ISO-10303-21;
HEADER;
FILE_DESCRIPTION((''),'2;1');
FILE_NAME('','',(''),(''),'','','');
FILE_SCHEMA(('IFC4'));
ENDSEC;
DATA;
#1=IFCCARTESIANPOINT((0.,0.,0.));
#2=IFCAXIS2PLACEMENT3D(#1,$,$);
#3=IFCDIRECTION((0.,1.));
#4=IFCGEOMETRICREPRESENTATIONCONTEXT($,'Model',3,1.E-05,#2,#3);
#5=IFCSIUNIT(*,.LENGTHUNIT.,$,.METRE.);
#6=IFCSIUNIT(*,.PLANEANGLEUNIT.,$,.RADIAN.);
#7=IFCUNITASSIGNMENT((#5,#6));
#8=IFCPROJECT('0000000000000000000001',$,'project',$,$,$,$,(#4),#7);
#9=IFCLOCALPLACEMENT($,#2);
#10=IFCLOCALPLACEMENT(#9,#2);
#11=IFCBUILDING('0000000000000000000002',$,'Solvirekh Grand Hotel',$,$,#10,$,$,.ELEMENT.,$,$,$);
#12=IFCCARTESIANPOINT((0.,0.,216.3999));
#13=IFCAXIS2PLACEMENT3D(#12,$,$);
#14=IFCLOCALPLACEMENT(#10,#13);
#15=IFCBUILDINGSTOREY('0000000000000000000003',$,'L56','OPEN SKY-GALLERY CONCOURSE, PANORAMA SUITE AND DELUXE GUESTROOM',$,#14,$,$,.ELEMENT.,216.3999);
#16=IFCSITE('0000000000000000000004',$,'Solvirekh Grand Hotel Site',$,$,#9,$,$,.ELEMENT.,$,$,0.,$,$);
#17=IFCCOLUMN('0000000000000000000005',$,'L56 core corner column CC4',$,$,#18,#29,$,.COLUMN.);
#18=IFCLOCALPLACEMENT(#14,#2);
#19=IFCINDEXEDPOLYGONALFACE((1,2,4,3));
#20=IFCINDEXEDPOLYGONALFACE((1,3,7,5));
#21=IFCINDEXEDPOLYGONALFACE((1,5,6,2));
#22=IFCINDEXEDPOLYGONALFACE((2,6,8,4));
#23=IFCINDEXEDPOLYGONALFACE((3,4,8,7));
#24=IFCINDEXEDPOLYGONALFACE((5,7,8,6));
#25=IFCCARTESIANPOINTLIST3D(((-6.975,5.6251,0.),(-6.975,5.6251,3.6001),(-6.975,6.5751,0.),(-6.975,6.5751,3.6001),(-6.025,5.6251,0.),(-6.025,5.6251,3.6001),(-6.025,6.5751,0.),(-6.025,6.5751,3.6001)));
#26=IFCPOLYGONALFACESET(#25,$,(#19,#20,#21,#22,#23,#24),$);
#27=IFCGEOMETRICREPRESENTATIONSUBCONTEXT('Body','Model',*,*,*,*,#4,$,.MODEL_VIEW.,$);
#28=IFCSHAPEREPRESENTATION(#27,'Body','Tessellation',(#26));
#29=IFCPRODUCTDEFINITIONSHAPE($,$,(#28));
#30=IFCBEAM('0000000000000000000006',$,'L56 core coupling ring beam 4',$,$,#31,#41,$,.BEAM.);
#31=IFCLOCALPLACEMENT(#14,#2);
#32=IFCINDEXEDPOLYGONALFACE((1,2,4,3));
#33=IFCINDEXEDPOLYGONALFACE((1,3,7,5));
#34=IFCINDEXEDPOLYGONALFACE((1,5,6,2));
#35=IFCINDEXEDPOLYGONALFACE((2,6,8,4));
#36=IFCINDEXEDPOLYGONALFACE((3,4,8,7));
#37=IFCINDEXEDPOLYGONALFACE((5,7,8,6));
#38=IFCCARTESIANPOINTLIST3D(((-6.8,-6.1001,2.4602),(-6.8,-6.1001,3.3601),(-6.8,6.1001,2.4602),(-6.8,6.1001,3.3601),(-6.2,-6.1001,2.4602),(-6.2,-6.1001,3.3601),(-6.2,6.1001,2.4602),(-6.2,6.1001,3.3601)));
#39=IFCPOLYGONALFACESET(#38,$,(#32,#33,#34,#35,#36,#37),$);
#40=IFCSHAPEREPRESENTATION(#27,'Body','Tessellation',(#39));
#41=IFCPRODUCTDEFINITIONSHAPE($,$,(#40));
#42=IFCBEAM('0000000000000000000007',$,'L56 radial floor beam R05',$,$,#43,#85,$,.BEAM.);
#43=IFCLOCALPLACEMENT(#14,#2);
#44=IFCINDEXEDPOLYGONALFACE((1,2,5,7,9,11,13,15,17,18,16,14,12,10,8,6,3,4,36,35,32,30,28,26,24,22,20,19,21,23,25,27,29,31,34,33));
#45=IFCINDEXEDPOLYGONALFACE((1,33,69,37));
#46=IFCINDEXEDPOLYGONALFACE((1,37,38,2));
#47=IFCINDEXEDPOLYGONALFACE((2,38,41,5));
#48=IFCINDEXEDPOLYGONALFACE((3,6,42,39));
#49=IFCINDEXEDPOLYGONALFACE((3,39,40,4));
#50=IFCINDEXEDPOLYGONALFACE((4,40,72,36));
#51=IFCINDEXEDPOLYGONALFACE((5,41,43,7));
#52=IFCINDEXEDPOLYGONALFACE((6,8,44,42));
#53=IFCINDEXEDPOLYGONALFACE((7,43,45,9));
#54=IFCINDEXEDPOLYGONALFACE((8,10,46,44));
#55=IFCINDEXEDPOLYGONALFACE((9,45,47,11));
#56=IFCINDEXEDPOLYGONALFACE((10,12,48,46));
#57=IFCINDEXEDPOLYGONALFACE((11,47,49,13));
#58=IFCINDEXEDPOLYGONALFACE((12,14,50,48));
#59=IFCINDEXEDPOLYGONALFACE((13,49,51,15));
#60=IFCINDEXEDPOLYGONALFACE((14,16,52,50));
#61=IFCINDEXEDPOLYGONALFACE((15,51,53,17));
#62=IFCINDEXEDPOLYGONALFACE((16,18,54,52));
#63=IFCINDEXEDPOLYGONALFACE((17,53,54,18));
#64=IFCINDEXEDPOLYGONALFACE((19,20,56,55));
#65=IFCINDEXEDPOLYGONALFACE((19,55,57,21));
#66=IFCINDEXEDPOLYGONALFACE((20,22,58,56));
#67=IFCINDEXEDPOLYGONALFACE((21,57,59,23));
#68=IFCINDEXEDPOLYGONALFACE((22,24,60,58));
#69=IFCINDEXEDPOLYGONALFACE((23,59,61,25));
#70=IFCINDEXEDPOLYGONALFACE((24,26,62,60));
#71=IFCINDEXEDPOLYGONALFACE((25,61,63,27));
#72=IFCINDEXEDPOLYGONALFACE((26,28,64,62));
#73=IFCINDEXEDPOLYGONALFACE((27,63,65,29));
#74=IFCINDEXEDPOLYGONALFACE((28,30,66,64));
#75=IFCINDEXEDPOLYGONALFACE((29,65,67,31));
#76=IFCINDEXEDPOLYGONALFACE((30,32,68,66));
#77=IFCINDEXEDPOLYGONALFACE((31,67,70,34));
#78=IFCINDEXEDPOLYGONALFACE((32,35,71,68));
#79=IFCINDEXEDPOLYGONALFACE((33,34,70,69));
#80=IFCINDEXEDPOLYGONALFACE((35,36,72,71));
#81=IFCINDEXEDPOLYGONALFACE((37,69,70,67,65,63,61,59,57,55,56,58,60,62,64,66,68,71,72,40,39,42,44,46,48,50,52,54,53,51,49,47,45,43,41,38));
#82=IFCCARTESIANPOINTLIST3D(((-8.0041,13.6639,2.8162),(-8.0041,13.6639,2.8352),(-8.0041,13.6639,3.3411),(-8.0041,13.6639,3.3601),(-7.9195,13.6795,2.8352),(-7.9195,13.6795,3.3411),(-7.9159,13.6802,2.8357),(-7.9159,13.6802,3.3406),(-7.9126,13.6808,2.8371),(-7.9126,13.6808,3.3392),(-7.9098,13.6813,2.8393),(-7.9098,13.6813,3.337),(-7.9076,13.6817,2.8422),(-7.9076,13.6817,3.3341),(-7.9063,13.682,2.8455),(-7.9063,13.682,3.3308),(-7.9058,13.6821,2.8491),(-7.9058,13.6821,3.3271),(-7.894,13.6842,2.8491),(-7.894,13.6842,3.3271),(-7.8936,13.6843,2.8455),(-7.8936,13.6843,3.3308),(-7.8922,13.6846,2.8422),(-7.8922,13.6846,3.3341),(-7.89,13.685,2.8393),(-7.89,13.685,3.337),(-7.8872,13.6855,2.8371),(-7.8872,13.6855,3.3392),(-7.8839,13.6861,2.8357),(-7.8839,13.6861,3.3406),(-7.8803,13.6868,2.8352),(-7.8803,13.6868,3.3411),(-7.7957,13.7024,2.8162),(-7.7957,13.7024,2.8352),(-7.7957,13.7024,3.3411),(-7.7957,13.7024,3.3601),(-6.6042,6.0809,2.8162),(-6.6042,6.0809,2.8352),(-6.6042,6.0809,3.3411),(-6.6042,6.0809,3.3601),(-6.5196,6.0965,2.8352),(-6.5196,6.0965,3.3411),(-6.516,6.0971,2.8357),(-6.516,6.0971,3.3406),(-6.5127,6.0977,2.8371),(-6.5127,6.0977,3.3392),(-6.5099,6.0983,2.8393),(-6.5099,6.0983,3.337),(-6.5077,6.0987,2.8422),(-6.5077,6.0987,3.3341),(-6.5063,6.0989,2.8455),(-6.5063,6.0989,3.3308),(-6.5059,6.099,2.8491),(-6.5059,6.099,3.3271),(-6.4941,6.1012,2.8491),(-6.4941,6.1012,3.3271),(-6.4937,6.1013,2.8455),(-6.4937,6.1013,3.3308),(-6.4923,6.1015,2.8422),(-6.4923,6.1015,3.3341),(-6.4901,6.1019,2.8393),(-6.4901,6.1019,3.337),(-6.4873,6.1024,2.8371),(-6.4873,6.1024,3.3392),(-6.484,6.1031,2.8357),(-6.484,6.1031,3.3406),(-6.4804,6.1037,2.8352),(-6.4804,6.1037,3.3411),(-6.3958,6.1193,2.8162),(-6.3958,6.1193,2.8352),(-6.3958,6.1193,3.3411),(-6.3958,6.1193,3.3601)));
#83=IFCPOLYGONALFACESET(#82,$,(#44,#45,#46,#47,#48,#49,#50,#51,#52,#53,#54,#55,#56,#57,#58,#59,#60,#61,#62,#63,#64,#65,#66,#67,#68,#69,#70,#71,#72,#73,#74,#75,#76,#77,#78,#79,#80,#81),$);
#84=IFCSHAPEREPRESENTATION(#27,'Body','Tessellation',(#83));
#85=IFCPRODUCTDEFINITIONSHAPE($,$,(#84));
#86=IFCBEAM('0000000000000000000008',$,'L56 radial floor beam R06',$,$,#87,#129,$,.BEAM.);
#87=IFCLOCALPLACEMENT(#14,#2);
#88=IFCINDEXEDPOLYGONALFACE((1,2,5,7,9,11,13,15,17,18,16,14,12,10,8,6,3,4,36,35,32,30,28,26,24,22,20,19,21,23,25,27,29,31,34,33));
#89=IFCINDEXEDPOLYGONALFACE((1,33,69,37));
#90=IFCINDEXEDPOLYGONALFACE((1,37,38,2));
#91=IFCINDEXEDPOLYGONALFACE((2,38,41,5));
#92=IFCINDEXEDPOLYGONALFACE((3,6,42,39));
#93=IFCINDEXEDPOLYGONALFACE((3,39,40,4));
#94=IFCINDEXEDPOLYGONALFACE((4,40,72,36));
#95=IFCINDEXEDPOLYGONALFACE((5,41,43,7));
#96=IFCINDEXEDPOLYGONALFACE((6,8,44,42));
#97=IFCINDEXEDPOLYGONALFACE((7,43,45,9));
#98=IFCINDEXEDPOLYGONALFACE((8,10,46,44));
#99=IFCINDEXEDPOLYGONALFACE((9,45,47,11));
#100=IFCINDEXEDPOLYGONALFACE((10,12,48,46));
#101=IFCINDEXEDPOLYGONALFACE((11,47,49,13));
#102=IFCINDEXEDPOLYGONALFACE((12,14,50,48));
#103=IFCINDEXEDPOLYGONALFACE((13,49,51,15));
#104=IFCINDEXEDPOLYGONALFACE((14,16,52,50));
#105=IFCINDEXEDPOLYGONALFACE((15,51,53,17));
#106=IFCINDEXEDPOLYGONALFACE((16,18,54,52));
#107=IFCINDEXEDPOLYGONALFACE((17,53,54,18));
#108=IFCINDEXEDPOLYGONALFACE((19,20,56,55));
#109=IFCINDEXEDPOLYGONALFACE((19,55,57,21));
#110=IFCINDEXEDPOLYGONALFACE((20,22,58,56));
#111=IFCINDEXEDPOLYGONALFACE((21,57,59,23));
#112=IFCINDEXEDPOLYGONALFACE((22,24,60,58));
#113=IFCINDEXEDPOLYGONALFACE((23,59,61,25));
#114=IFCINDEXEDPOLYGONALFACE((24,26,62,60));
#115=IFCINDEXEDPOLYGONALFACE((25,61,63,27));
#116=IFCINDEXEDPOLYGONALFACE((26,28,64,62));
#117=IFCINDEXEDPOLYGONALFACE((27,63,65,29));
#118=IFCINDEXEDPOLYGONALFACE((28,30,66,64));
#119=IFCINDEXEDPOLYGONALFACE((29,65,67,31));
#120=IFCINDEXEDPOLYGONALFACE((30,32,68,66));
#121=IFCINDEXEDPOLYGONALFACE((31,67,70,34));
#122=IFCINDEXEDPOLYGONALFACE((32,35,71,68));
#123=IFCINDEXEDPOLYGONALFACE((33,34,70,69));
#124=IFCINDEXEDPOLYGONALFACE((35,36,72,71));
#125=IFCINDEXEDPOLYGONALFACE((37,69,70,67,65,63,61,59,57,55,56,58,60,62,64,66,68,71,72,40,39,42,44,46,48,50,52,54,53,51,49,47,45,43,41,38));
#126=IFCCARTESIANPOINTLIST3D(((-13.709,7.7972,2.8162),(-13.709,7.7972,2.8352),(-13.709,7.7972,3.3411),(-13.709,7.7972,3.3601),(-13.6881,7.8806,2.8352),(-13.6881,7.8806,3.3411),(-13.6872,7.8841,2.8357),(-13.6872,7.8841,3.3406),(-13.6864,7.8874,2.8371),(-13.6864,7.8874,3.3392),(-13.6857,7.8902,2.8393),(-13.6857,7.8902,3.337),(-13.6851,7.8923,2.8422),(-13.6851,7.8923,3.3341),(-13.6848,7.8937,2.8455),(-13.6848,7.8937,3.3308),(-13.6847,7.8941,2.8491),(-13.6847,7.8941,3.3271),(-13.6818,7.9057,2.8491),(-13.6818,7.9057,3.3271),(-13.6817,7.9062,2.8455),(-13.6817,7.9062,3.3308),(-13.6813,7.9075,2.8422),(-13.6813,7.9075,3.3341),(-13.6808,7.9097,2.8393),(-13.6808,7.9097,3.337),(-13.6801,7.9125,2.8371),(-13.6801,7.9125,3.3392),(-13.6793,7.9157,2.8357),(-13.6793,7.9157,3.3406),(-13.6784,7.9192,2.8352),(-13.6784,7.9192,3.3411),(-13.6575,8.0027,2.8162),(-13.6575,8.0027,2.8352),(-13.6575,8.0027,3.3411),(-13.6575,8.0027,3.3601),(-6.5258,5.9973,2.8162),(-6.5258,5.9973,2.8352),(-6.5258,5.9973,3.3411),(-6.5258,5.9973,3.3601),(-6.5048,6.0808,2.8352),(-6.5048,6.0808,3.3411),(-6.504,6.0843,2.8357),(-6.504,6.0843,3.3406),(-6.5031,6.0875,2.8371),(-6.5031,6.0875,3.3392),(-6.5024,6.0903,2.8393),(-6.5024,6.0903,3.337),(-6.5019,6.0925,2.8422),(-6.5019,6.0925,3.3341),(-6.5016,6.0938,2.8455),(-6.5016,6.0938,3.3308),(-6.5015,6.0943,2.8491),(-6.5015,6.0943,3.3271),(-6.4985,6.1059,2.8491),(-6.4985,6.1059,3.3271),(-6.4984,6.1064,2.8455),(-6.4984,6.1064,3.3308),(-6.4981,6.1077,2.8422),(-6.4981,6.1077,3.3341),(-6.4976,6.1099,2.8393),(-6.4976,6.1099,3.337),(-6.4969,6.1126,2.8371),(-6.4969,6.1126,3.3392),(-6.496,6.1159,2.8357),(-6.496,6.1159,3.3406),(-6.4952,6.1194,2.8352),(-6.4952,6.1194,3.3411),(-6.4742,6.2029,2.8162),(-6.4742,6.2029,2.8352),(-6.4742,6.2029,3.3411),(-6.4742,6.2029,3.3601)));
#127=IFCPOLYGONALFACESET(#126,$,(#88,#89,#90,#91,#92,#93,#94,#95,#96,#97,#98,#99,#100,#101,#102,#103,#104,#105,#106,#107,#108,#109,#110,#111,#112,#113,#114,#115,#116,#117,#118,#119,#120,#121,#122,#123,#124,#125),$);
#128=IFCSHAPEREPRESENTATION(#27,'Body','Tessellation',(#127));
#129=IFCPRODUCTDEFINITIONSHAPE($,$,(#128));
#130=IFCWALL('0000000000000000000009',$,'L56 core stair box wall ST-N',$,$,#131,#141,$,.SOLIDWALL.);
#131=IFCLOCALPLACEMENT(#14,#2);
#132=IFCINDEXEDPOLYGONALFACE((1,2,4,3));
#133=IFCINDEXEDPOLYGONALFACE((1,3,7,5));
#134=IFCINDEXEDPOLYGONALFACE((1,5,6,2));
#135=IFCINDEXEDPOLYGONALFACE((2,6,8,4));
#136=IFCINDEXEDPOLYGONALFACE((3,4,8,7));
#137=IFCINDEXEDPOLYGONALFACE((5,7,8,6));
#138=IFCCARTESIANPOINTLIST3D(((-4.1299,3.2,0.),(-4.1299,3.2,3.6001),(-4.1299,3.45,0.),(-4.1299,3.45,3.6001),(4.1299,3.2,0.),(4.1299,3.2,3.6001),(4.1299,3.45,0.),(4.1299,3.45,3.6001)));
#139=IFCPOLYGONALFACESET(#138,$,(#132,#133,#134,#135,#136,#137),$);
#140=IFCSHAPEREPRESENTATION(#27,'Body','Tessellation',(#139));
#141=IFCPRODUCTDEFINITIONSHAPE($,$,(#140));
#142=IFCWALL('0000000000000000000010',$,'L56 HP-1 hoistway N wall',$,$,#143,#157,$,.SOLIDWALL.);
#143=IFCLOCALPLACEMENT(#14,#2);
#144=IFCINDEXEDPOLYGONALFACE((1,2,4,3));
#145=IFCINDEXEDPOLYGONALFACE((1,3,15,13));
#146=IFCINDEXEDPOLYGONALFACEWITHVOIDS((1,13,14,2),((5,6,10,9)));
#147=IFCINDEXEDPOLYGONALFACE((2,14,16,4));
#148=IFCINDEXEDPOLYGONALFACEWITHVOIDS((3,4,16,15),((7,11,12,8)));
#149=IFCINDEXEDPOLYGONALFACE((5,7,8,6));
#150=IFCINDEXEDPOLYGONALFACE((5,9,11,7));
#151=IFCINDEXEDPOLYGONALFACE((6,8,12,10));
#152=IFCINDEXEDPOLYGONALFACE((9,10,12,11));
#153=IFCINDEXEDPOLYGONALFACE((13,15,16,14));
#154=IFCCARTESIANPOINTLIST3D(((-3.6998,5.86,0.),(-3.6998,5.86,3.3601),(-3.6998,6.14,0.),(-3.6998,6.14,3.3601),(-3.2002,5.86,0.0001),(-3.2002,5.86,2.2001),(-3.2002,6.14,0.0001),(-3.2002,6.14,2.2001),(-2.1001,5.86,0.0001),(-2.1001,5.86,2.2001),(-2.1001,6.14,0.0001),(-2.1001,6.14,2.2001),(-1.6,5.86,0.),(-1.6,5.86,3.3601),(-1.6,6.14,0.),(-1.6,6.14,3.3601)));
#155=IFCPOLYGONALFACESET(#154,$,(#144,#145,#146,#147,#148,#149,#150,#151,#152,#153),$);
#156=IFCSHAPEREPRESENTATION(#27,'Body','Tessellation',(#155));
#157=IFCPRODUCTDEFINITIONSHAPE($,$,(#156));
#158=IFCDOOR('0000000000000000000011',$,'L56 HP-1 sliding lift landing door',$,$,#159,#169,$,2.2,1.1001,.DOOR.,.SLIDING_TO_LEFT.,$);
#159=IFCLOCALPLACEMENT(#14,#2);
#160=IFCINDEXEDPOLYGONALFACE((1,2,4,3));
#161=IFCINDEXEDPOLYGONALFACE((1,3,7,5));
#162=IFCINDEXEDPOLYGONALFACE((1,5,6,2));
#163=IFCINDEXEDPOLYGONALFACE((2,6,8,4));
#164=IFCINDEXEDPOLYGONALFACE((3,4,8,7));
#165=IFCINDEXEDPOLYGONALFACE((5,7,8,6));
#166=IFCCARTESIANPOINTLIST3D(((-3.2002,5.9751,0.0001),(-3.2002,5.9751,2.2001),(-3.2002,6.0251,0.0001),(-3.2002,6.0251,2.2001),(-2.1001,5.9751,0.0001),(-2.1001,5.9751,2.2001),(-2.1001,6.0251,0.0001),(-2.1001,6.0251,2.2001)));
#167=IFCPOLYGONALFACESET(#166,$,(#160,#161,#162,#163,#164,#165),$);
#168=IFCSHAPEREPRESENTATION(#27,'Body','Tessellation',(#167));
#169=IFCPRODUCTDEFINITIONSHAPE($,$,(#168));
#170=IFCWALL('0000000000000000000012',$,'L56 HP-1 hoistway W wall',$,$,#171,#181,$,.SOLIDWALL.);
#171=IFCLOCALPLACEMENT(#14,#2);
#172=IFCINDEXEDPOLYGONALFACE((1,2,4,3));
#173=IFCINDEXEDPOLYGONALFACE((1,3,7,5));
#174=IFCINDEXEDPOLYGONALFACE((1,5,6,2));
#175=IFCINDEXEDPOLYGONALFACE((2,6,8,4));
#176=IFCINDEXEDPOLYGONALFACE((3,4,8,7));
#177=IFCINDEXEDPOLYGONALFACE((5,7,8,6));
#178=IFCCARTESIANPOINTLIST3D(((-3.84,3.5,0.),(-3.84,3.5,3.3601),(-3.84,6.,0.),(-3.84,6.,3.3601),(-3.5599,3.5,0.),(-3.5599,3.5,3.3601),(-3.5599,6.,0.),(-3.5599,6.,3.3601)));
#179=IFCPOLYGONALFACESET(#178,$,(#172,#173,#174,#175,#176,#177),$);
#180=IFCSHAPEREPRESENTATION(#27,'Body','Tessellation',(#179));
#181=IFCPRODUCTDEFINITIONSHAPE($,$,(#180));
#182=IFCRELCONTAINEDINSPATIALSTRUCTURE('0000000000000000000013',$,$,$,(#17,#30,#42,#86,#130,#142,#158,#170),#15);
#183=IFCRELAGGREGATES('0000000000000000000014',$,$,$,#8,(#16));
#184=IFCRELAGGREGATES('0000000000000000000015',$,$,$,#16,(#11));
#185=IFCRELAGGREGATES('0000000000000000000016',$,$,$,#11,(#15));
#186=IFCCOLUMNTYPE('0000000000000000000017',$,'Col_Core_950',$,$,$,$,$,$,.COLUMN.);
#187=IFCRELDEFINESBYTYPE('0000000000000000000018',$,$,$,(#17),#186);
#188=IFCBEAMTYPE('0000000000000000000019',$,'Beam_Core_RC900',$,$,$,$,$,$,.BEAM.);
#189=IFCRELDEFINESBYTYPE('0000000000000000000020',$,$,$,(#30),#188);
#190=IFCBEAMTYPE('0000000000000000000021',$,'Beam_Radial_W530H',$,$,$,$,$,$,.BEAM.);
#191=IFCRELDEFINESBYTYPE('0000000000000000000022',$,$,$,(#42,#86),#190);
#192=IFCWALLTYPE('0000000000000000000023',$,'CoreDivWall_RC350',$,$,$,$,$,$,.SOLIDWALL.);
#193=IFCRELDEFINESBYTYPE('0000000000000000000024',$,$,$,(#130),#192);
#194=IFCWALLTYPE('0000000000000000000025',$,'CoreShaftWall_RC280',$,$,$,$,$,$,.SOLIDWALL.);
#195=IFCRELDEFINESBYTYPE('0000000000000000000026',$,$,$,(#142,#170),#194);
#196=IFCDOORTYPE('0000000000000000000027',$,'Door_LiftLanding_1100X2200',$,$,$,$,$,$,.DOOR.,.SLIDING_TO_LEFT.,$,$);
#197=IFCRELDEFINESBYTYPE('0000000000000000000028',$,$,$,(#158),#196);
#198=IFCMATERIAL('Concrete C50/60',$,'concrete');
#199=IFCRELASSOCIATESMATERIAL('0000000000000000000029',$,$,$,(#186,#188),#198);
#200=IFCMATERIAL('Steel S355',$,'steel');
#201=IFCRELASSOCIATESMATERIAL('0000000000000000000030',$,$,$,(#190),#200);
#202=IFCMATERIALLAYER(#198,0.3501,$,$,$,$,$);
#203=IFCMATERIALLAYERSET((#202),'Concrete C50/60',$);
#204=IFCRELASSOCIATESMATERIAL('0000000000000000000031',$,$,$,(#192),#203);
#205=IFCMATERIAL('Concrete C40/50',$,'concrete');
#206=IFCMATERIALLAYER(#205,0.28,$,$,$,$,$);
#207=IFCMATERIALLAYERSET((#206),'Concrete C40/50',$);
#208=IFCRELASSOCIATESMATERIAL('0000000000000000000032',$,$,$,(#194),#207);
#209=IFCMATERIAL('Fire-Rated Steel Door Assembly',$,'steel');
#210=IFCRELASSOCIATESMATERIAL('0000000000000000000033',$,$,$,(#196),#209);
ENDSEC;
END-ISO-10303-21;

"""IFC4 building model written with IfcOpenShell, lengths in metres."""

from ifc_helpers import new_model, si_unit, direction, frame, frame_2d, origin, origin_2d, place, context, subcontext, project, spatial, rectangle, i_section, extrude, material, layer, layer_set, material_profile, profile_set, type_object, element, fill, save


model = new_model("IFC4")

# Units and contexts
model_context = context("Model", 3, precision=1e-05, world=origin(), true_north=direction((0.0, 1.0)))
body_context = subcontext(model_context, "Body", "Model", "MODEL_VIEW")
ifc_project = project(units=[si_unit("LENGTHUNIT", "METRE"), si_unit("PLANEANGLEUNIT", "RADIAN")], contexts=[model_context])

# Site, building, storey
site_placement = place(None, origin())
site = spatial("IfcSite", under=ifc_project, at=site_placement, Name="Solvirekh Grand Hotel Site", CompositionType="ELEMENT", RefElevation=0.0)
building_placement = place(site_placement, origin())
building = spatial("IfcBuilding", under=site, at=building_placement, Name="Solvirekh Grand Hotel", CompositionType="ELEMENT")
storey_placement = place(building_placement, frame((0.0, 0.0, 216.3999)))
storey = spatial("IfcBuildingStorey", under=building, at=storey_placement, Name="L56", Description="OPEN SKY-GALLERY CONCOURSE, PANORAMA SUITE AND DELUXE GUESTROOM", CompositionType="ELEMENT", Elevation=216.3999)

# Column
ifc_material_1 = material(Name="Concrete C50/60", Category="concrete")
ifc_material_profile_1 = material_profile(ifc_material_1, rectangle(XDim=0.95, YDim=0.95, at=origin_2d()), Name="RC 950X950")
ifc_profile_set_1 = profile_set([ifc_material_profile_1], Name="Concrete C50/60")
column_type = type_object("IfcColumnType", Name="Col_Core_950", PredefinedType="COLUMN", material=ifc_profile_set_1)
column_placement = place(storey_placement, frame((-6.5, 6.1001, 0.0), z_axis=(0.0, 0.0, 1.0), x_axis=(1.0, 0.0, 0.0)))
element("IfcColumn", 1, at=column_placement, inside=storey, type_object=column_type, Name="L56 core corner column CC4", PredefinedType="COLUMN", context=body_context, shape_type="SweptSolid", body=[
    extrude(rectangle(XDim=0.95, YDim=0.95, at=origin_2d()), origin(), (0.0, 0.0, 1.0), 3.6001),
])

# Beams
ifc_material_profile_2 = material_profile(ifc_material_1, rectangle(XDim=0.6001, YDim=0.8999, at=origin_2d()), Name="RC BEAM 600X900")
ifc_profile_set_2 = profile_set([ifc_material_profile_2], Name="Concrete C50/60")
beam_type_1 = type_object("IfcBeamType", Name="Beam_Core_RC900", PredefinedType="BEAM", material=ifc_profile_set_2)
beam_1_placement = place(storey_placement, frame((-6.5, 6.1001, 2.9102), z_axis=(0.0, -1.0, 0.0), x_axis=(1.0, 0.0, 0.0)))
element("IfcBeam", 2, at=beam_1_placement, inside=storey, type_object=beam_type_1, Name="L56 core coupling ring beam 4", PredefinedType="BEAM", context=body_context, shape_type="SweptSolid", body=[
    extrude(rectangle(XDim=0.6001, YDim=0.8999, at=origin_2d()), origin(), (0.0, 0.0, 1.0), 12.2002),
])
ifc_material_2 = material(Name="Steel S355", Category="steel")
ifc_material_profile_3 = material_profile(ifc_material_2, i_section(OverallWidth=0.2119, OverallDepth=0.5439, WebThickness=0.012, FlangeThickness=0.019, FilletRadius=0.0139, at=origin_2d()), Name="W530X123")
ifc_profile_set_3 = profile_set([ifc_material_profile_3], Name="Steel S355")
beam_type_2 = type_object("IfcBeamType", Name="Beam_Radial_W530H", PredefinedType="BEAM", material=ifc_profile_set_3)
beam_2_placement = place(storey_placement, frame((-6.5, 6.1001, 3.0881), z_axis=(-0.181543, 0.983383, 0.0), x_axis=(-0.983383, -0.181543, 0.0)))
element("IfcBeam", 3, at=beam_2_placement, inside=storey, type_object=beam_type_2, Name="L56 radial floor beam R05", PredefinedType="BEAM", context=body_context, shape_type="SweptSolid", body=[
    extrude(i_section(OverallWidth=0.2119, OverallDepth=0.5439, WebThickness=0.012, FlangeThickness=0.019, FilletRadius=0.0139, at=origin_2d()), origin(), (0.0, 0.0, 1.0), 7.7112),
])
beam_3_placement = place(storey_placement, frame((-6.5, 6.1001, 3.0881), z_axis=(-0.970014, 0.243048, 0.0), x_axis=(-0.243048, -0.970014, 0.0)))
element("IfcBeam", 4, at=beam_3_placement, inside=storey, type_object=beam_type_2, Name="L56 radial floor beam R06", PredefinedType="BEAM", context=body_context, shape_type="SweptSolid", body=[
    extrude(i_section(OverallWidth=0.2119, OverallDepth=0.5439, WebThickness=0.012, FlangeThickness=0.019, FilletRadius=0.0139, at=origin_2d()), origin(), (0.0, 0.0, 1.0), 7.4053),
])

# Wall
ifc_layer_1 = layer(ifc_material_1, 0.3501)
ifc_layer_set_1 = layer_set([ifc_layer_1], Name="Concrete C50/60")
wall_type_1 = type_object("IfcWallType", Name="CoreDivWall_RC350", PredefinedType="SOLIDWALL", material=ifc_layer_set_1)
wall_1_placement = place(storey_placement, frame((-4.1299, 3.325, 0.0), z_axis=(0.0, 0.0, 1.0), x_axis=(1.0, 0.0, 0.0)))
element("IfcWall", 5, at=wall_1_placement, inside=storey, type_object=wall_type_1, Name="L56 core stair box wall ST-N", PredefinedType="SOLIDWALL", context=body_context, shape_type="SweptSolid", body=[
    extrude(rectangle(XDim=8.2598, YDim=0.25, at=frame_2d((4.1299, 0.0))), origin(), (0.0, 0.0, 1.0), 3.6001),
])

# Wall, opening, door
ifc_material_3 = material(Name="Concrete C40/50", Category="concrete")
ifc_layer_2 = layer(ifc_material_3, 0.28)
ifc_layer_set_2 = layer_set([ifc_layer_2], Name="Concrete C40/50")
wall_type_2 = type_object("IfcWallType", Name="CoreShaftWall_RC280", PredefinedType="SOLIDWALL", material=ifc_layer_set_2)
wall_2_placement = place(storey_placement, frame((-1.6001, 6.0, 0.0), z_axis=(0.0, 0.0, 1.0), x_axis=(-1.0, 0.0, 0.0)))
wall_2 = element("IfcWall", 6, at=wall_2_placement, inside=storey, type_object=wall_type_2, Name="L56 HP-1 hoistway N wall", PredefinedType="SOLIDWALL", context=body_context, shape_type="SweptSolid", body=[
    extrude(rectangle(XDim=2.0999, YDim=0.28, at=frame_2d((1.0498, 0.0))), origin(), (0.0, 0.0, 1.0), 3.3601),
])
opening_1_placement = place(wall_2_placement, frame((0.5, 0.0, 0.0)))
opening_1 = element("IfcOpeningElement", 7, at=opening_1_placement, cuts=wall_2, PredefinedType="OPENING", context=body_context, shape_type="SweptSolid", body=[
    extrude(rectangle(XDim=1.1001, YDim=2.2, at=frame_2d((0.55, 1.1001))), frame((0.0, 0.1499, 0.0), z_axis=(0.0, -1.0, 0.0), x_axis=(1.0, 0.0, 0.0)), (0.0, 0.0, 1.0), 0.3),
])
ifc_material_4 = material(Name="Fire-Rated Steel Door Assembly", Category="steel")
door_type_1 = type_object("IfcDoorType", Name="Door_LiftLanding_1100X2200", OperationType="SLIDING_TO_LEFT", PredefinedType="DOOR", material=ifc_material_4)
door_1_placement = place(opening_1_placement, origin())
door_1 = element("IfcDoor", 8, at=door_1_placement, inside=storey, type_object=door_type_1, Name="L56 HP-1 sliding lift landing door", OperationType="SLIDING_TO_LEFT", OverallHeight=2.2, OverallWidth=1.1001, PredefinedType="DOOR", context=body_context, shape_type="SweptSolid", body=[
    extrude(rectangle(XDim=1.1001, YDim=2.2, at=frame_2d((0.55, 1.1001))), frame((0.0, 0.0249, 0.0), z_axis=(0.0, -1.0, 0.0), x_axis=(1.0, 0.0, 0.0)), (0.0, 0.0, 1.0), 0.05),
])
fill(opening_1, door_1)

# Wall
for number, where, z_axis, x_axis, name in (
    (9, (-3.7, 6.0, 0.0), (0.0, 0.0, 1.0), (0.0, -1.0, 0.0), "L56 HP-1 hoistway W wall"),
):
    element("IfcWall", number, at=place(storey_placement, frame(where, z_axis=z_axis, x_axis=x_axis)), inside=storey, type_object=wall_type_2, Name=name, PredefinedType="SOLIDWALL", context=body_context, shape_type="SweptSolid", body=[
        extrude(rectangle(XDim=2.5, YDim=0.28, at=frame_2d((1.25, 0.0))), origin(), (0.0, 0.0, 1.0), 3.3601),
    ])

save(model, "model.ifc")
